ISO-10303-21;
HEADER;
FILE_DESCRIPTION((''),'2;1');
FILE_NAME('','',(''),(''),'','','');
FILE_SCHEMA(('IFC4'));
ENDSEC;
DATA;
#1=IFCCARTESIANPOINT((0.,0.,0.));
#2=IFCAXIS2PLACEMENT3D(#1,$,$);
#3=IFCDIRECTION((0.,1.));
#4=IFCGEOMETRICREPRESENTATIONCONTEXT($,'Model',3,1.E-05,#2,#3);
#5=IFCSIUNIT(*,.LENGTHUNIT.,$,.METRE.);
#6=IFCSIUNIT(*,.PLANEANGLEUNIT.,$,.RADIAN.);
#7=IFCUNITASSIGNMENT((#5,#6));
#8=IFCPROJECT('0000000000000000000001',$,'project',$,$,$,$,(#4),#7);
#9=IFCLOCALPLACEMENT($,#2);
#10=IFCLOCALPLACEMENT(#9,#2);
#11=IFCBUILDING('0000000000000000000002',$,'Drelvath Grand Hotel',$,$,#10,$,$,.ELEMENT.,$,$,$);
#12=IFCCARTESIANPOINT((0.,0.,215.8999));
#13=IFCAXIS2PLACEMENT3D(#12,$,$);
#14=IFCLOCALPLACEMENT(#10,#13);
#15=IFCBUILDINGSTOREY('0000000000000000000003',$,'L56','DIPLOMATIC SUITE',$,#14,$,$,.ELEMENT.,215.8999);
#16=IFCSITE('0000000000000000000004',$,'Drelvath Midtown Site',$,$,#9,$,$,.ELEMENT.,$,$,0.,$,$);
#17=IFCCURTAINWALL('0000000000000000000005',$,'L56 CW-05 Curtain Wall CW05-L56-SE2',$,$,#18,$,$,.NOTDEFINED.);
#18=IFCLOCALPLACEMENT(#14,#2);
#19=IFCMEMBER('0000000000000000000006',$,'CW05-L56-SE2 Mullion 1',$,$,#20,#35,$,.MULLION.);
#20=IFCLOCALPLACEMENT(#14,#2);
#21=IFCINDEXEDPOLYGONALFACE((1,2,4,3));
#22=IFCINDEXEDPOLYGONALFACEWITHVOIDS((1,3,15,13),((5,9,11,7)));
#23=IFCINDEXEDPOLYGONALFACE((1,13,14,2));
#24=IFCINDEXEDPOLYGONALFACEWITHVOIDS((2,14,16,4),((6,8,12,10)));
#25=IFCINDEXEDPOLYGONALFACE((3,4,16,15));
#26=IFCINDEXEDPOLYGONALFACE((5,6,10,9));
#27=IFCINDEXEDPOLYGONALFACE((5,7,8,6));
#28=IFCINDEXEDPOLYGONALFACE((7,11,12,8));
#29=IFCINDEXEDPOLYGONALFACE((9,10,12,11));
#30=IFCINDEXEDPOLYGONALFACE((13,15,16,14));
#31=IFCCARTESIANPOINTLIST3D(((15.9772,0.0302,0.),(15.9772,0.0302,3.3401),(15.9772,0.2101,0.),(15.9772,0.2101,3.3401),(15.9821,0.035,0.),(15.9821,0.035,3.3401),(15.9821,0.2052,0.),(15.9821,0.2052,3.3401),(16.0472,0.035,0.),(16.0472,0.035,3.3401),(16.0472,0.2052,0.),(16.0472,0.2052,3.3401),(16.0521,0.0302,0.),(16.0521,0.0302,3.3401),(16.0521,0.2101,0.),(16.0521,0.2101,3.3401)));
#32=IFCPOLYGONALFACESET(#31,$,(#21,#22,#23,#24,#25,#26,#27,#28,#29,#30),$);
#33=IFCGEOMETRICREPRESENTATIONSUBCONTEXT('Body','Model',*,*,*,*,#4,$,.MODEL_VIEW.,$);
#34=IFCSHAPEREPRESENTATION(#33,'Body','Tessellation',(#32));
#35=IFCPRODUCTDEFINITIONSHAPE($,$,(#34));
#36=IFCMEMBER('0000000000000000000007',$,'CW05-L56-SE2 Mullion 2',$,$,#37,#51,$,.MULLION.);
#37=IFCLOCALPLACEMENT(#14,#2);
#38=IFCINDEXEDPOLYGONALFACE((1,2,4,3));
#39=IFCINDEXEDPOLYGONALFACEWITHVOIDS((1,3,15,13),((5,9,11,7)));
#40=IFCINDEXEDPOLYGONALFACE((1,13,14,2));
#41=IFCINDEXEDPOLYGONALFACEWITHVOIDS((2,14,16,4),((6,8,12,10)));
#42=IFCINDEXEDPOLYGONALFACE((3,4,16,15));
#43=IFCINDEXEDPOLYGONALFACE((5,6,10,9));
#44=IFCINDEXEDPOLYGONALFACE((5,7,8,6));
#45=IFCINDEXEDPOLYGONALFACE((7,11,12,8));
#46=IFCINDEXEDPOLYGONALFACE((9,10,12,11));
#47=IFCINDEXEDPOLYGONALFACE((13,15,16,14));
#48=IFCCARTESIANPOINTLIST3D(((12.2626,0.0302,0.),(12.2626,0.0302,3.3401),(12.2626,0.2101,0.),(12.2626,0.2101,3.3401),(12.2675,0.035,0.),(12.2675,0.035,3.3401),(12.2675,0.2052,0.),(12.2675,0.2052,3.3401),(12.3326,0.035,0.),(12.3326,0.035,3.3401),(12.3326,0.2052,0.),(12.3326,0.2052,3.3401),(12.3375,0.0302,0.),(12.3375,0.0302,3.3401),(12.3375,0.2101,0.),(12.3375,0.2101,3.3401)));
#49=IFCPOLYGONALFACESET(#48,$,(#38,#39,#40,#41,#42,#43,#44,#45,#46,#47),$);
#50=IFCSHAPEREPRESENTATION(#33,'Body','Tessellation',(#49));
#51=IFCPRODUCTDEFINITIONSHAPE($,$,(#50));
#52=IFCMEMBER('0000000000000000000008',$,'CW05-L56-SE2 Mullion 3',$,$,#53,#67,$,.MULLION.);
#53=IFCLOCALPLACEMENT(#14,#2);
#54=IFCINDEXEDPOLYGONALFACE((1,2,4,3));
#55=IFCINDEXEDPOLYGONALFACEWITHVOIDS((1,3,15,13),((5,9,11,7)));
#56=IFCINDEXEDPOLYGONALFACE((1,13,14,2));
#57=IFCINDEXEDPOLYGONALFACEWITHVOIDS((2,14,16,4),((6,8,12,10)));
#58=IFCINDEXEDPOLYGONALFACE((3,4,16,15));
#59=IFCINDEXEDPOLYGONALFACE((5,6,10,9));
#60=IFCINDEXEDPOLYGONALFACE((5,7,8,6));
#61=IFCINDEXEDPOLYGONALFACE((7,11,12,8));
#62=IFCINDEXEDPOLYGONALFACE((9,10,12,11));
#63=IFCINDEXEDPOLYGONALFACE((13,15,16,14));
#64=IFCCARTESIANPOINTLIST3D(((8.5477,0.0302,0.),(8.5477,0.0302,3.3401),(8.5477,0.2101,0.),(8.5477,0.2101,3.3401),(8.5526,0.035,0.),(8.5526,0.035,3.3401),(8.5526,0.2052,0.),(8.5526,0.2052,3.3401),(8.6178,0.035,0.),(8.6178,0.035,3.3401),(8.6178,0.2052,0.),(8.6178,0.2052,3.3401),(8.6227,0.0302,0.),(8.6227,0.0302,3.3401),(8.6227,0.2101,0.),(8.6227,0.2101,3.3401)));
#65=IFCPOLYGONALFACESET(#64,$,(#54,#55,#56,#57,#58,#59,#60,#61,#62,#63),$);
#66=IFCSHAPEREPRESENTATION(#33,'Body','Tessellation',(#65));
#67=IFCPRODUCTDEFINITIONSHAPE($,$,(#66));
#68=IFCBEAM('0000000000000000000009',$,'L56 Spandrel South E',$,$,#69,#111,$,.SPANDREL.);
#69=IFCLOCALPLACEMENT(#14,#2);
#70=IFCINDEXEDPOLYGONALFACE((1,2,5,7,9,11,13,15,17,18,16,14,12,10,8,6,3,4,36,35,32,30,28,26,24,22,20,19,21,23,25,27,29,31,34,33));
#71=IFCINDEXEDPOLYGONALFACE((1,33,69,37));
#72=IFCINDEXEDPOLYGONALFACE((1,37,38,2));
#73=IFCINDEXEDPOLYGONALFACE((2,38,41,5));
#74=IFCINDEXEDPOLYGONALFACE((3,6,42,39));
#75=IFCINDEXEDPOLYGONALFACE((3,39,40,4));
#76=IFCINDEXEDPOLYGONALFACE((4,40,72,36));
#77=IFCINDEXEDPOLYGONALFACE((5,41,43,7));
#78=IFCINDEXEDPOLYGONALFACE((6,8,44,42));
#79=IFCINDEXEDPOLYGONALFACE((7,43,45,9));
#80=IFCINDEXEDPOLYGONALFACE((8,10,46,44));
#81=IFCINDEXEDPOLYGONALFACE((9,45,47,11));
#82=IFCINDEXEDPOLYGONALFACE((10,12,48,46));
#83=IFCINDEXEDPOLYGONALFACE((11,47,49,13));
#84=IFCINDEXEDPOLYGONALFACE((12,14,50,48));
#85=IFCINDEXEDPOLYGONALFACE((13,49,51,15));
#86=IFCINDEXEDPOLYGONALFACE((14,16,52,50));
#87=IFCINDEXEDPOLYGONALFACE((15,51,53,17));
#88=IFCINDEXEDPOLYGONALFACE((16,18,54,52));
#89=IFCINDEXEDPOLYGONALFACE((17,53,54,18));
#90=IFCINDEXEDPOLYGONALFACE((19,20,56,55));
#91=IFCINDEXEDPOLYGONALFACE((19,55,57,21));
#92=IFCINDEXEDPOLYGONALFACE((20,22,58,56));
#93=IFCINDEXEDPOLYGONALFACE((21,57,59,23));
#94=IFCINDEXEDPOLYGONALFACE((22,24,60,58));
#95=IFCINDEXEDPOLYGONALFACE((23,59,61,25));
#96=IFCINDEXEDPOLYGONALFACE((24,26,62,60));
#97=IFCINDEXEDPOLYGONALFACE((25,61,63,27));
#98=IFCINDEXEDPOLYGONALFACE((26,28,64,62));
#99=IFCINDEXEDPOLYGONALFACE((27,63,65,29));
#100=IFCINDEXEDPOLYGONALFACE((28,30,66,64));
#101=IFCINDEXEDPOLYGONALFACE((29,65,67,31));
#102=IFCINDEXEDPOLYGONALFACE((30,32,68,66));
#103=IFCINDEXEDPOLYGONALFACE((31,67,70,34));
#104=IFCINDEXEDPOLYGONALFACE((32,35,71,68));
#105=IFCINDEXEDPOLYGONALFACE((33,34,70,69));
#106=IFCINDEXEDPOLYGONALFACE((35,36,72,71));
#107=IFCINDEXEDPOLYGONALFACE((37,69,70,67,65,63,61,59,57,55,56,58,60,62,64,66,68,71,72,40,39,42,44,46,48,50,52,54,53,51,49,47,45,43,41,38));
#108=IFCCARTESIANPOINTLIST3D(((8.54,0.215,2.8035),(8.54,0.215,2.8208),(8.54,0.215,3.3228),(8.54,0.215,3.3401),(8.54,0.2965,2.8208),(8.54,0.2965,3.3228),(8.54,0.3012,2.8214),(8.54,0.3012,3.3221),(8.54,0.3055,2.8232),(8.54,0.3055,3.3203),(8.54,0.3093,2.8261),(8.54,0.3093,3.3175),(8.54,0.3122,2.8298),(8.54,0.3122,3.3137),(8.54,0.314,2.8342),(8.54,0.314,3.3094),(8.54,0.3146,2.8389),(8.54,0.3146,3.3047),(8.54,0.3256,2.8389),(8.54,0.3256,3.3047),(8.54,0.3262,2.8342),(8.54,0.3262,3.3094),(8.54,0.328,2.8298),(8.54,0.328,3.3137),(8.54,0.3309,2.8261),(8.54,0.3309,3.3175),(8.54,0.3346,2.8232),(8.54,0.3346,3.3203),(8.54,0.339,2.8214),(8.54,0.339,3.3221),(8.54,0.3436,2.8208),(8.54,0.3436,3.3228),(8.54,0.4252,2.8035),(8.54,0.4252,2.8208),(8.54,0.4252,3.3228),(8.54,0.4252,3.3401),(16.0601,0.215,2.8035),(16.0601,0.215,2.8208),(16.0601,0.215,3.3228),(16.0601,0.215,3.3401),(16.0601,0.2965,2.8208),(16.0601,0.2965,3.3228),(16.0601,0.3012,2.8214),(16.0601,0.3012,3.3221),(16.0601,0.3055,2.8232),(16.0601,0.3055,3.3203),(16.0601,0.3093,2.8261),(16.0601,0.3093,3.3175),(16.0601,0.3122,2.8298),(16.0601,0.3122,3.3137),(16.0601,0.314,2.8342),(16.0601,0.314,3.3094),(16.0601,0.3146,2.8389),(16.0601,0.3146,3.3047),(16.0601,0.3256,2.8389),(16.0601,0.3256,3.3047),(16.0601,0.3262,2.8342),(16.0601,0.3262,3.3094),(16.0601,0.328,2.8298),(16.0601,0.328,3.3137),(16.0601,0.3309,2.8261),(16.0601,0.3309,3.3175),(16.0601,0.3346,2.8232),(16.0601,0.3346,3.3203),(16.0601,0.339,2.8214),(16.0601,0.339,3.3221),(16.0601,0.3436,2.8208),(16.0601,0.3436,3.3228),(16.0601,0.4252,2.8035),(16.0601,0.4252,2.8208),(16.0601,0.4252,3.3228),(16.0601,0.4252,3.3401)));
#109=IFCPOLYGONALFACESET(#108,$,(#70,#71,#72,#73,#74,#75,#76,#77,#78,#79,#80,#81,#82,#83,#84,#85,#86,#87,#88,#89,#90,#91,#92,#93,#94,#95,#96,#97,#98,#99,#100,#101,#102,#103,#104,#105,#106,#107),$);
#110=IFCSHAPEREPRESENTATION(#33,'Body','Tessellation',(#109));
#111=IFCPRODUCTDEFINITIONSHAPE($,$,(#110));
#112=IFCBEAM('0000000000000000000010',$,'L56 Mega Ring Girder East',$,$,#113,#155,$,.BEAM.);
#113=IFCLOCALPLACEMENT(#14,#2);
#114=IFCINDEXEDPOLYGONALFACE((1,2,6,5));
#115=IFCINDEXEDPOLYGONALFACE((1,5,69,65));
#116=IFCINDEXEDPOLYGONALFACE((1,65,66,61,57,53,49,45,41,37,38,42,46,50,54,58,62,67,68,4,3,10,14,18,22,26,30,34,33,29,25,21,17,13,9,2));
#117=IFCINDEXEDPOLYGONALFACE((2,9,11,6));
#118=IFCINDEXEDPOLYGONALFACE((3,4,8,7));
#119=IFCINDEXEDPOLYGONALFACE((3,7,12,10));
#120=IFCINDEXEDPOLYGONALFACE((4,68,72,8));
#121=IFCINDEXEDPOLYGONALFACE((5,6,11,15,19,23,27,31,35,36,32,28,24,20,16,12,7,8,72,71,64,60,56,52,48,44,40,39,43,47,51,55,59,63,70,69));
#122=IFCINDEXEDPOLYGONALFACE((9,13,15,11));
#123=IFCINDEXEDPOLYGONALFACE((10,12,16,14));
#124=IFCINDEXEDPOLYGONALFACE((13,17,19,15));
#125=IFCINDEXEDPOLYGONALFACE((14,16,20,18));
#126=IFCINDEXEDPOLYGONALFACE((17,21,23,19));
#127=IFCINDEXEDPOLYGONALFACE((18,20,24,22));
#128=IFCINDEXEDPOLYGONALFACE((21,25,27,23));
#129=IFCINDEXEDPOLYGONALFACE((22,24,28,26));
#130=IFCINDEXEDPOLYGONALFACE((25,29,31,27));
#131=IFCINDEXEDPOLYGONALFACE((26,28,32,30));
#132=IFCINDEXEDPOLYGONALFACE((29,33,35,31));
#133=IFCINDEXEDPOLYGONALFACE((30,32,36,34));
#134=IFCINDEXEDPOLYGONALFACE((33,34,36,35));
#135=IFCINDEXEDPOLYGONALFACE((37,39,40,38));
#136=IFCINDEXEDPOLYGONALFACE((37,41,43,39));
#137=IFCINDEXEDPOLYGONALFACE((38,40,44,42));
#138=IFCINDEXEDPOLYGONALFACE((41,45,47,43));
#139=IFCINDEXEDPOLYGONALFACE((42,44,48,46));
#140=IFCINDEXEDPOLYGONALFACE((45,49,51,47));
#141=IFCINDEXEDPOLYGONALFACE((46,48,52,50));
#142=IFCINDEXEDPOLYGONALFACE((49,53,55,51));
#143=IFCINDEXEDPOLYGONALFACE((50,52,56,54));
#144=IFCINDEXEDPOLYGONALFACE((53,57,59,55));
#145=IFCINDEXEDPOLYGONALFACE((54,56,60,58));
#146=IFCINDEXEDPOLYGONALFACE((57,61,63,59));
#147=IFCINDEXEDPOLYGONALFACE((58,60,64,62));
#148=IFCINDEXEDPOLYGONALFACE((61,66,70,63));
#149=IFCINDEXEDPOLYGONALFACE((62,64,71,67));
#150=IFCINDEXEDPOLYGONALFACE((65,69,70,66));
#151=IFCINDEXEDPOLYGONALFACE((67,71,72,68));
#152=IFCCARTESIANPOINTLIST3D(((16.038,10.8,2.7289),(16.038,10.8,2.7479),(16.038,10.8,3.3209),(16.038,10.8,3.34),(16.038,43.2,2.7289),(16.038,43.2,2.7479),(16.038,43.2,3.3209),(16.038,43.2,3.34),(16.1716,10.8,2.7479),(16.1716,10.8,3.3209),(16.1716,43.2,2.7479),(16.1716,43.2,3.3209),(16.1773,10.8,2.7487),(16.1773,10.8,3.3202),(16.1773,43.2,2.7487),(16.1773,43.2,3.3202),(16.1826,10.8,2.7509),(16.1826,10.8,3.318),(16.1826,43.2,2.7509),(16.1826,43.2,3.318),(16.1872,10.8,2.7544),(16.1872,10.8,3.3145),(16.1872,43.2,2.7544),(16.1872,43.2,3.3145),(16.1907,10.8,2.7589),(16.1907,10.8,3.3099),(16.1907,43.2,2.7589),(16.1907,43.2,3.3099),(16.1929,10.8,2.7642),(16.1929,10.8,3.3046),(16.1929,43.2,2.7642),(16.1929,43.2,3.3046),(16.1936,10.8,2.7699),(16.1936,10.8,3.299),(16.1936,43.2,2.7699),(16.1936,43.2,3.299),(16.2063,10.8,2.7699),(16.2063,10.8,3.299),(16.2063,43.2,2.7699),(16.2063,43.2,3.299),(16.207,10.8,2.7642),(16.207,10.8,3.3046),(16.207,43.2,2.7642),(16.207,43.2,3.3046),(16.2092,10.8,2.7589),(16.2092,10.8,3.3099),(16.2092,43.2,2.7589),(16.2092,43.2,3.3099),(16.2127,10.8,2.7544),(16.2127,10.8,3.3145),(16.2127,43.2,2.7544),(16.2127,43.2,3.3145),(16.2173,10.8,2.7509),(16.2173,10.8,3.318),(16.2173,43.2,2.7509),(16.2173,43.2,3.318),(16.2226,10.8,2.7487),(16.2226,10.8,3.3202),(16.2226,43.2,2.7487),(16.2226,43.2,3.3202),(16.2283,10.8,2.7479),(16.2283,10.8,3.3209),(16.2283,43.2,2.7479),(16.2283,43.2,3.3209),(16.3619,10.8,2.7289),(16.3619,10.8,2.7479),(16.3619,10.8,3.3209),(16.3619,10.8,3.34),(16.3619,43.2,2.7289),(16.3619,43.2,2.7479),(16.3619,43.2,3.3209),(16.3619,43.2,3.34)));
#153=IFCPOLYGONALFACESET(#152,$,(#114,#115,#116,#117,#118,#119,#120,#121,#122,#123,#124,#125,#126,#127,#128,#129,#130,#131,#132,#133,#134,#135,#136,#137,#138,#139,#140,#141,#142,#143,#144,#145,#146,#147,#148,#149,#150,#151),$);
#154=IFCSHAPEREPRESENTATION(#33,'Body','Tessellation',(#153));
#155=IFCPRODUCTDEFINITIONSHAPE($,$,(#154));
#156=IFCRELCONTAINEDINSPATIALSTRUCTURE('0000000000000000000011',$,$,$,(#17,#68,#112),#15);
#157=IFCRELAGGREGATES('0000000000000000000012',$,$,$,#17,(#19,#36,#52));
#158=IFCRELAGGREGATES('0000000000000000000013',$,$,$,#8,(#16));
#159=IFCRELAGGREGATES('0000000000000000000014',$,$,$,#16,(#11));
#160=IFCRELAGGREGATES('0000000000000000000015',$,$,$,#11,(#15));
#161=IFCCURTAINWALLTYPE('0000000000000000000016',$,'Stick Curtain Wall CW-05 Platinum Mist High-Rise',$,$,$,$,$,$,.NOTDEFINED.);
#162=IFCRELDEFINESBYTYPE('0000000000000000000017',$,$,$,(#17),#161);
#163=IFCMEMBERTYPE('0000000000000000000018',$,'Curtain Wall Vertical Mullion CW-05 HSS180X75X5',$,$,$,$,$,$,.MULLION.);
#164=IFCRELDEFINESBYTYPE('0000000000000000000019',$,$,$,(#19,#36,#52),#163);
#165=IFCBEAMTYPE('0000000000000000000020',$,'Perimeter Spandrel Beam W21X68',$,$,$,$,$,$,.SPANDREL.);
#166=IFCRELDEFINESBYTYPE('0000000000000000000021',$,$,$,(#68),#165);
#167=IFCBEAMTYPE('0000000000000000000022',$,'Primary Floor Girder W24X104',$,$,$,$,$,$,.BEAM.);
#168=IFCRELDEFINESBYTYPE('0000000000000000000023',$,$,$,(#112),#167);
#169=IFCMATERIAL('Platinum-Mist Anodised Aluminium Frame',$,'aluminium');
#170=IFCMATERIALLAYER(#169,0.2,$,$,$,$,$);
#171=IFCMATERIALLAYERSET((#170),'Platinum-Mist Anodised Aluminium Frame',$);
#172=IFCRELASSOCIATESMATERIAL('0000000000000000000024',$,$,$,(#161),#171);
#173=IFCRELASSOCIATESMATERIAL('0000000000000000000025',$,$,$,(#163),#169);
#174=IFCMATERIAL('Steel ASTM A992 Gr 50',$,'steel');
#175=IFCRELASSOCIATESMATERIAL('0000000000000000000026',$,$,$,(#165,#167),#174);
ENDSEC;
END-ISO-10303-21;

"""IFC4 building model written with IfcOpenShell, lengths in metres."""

from ifc_helpers import new_model, si_unit, direction, frame, origin, origin_2d, place, context, subcontext, project, spatial, hollow_rectangle, i_section, extrude, material, layer, layer_set, material_profile, profile_set, type_object, element, aggregate, save


model = new_model("IFC4")

# Units and contexts
model_context = context("Model", 3, precision=1e-05, world=origin(), true_north=direction((0.0, 1.0)))
body_context = subcontext(model_context, "Body", "Model", "MODEL_VIEW")
ifc_project = project(units=[si_unit("LENGTHUNIT", "METRE"), si_unit("PLANEANGLEUNIT", "RADIAN")], contexts=[model_context])

# Site, building, storey
site_placement = place(None, origin())
site = spatial("IfcSite", under=ifc_project, at=site_placement, Name="Drelvath Midtown Site", CompositionType="ELEMENT", RefElevation=0.0)
building_placement = place(site_placement, origin())
building = spatial("IfcBuilding", under=site, at=building_placement, Name="Drelvath Grand Hotel", CompositionType="ELEMENT")
storey_placement = place(building_placement, frame((0.0, 0.0, 215.8999)))
storey = spatial("IfcBuildingStorey", under=building, at=storey_placement, Name="L56", Description="DIPLOMATIC SUITE", CompositionType="ELEMENT", Elevation=215.8999)

# Shared definitions
ifc_material_1 = material(Name="Steel ASTM A992 Gr 50", Category="steel")

# Curtain wall
ifc_material_2 = material(Name="Platinum-Mist Anodised Aluminium Frame", Category="aluminium")
ifc_layer_1 = layer(ifc_material_2, 0.2)
ifc_layer_set_1 = layer_set([ifc_layer_1], Name="Platinum-Mist Anodised Aluminium Frame")
curtain_wall_type = type_object("IfcCurtainWallType", Name="Stick Curtain Wall CW-05 Platinum Mist High-Rise", PredefinedType="NOTDEFINED", material=ifc_layer_set_1)
curtain_wall_1_placement = place(storey_placement, origin())
curtain_wall_1 = element("IfcCurtainWall", 1, at=curtain_wall_1_placement, inside=storey, type_object=curtain_wall_type, Name="L56 CW-05 Curtain Wall CW05-L56-SE2", PredefinedType="NOTDEFINED")

# Members
ifc_material_profile_1 = material_profile(ifc_material_2, hollow_rectangle(XDim=0.075, YDim=0.1799, WallThickness=0.0049, at=origin_2d()), Name="HSS180X75X5")
ifc_profile_set_1 = profile_set([ifc_material_profile_1], Name="Platinum-Mist Anodised Aluminium Frame")
member_type_1 = type_object("IfcMemberType", Name="Curtain Wall Vertical Mullion CW-05 HSS180X75X5", PredefinedType="MULLION", material=ifc_profile_set_1)
member_1_placement = place(storey_placement, frame((16.0146, 0.1201, 0.0), z_axis=(0.0, 0.0, 1.0), x_axis=(1.0, 0.0, 0.0)))
member_1 = element("IfcMember", 2, at=member_1_placement, type_object=member_type_1, Name="CW05-L56-SE2 Mullion 1", PredefinedType="MULLION", context=body_context, shape_type="SweptSolid", body=[
    extrude(hollow_rectangle(XDim=0.075, YDim=0.1799, WallThickness=0.0049, at=origin_2d()), origin(), (0.0, 0.0, 1.0), 3.3401),
])
member_2_placement = place(storey_placement, frame((12.3, 0.1201, 0.0), z_axis=(0.0, 0.0, 1.0), x_axis=(1.0, 0.0, 0.0)))
member_2 = element("IfcMember", 3, at=member_2_placement, type_object=member_type_1, Name="CW05-L56-SE2 Mullion 2", PredefinedType="MULLION", context=body_context, shape_type="SweptSolid", body=[
    extrude(hollow_rectangle(XDim=0.075, YDim=0.1799, WallThickness=0.0049, at=origin_2d()), origin(), (0.0, 0.0, 1.0), 3.3401),
])
member_3_placement = place(storey_placement, frame((8.5852, 0.1201, 0.0), z_axis=(0.0, 0.0, 1.0), x_axis=(1.0, 0.0, 0.0)))
member_3 = element("IfcMember", 4, at=member_3_placement, type_object=member_type_1, Name="CW05-L56-SE2 Mullion 3", PredefinedType="MULLION", context=body_context, shape_type="SweptSolid", body=[
    extrude(hollow_rectangle(XDim=0.075, YDim=0.1799, WallThickness=0.0049, at=origin_2d()), origin(), (0.0, 0.0, 1.0), 3.3401),
])

# Beams
ifc_material_profile_2 = material_profile(ifc_material_1, i_section(OverallWidth=0.2102, OverallDepth=0.5366, WebThickness=0.011, FlangeThickness=0.0173, FilletRadius=0.0181, at=origin_2d()), Name="W21X68")
ifc_profile_set_2 = profile_set([ifc_material_profile_2], Name="Steel ASTM A992 Gr 50")
beam_type_1 = type_object("IfcBeamType", Name="Perimeter Spandrel Beam W21X68", PredefinedType="SPANDREL", material=ifc_profile_set_2)
beam_1_placement = place(storey_placement, frame((8.54, 0.3201, 3.0718), z_axis=(1.0, 0.0, 0.0), x_axis=(0.0, 1.0, 0.0)))
element("IfcBeam", 5, at=beam_1_placement, inside=storey, type_object=beam_type_1, Name="L56 Spandrel South E", PredefinedType="SPANDREL", context=body_context, shape_type="SweptSolid", body=[
    extrude(i_section(OverallWidth=0.2102, OverallDepth=0.5366, WebThickness=0.011, FlangeThickness=0.0173, FilletRadius=0.0181, at=origin_2d()), origin(), (0.0, 0.0, 1.0), 7.52),
])
ifc_material_profile_3 = material_profile(ifc_material_1, i_section(OverallWidth=0.324, OverallDepth=0.6111, WebThickness=0.0127, FlangeThickness=0.019, FilletRadius=0.022, at=origin_2d()), Name="W24X104")
ifc_profile_set_3 = profile_set([ifc_material_profile_3], Name="Steel ASTM A992 Gr 50")
beam_type_2 = type_object("IfcBeamType", Name="Primary Floor Girder W24X104", PredefinedType="BEAM", material=ifc_profile_set_3)
beam_2_placement = place(storey_placement, frame((16.2, 10.8, 3.0344), z_axis=(0.0, 1.0, 0.0), x_axis=(-1.0, 0.0, 0.0)))
element("IfcBeam", 6, at=beam_2_placement, inside=storey, type_object=beam_type_2, Name="L56 Mega Ring Girder East", PredefinedType="BEAM", context=body_context, shape_type="SweptSolid", body=[
    extrude(i_section(OverallWidth=0.324, OverallDepth=0.6111, WebThickness=0.0127, FlangeThickness=0.019, FilletRadius=0.022, at=origin_2d()), origin(), (0.0, 0.0, 1.0), 32.3999),
])

aggregate(curtain_wall_1, [member_1, member_2, member_3])

save(model, "model.ifc")
